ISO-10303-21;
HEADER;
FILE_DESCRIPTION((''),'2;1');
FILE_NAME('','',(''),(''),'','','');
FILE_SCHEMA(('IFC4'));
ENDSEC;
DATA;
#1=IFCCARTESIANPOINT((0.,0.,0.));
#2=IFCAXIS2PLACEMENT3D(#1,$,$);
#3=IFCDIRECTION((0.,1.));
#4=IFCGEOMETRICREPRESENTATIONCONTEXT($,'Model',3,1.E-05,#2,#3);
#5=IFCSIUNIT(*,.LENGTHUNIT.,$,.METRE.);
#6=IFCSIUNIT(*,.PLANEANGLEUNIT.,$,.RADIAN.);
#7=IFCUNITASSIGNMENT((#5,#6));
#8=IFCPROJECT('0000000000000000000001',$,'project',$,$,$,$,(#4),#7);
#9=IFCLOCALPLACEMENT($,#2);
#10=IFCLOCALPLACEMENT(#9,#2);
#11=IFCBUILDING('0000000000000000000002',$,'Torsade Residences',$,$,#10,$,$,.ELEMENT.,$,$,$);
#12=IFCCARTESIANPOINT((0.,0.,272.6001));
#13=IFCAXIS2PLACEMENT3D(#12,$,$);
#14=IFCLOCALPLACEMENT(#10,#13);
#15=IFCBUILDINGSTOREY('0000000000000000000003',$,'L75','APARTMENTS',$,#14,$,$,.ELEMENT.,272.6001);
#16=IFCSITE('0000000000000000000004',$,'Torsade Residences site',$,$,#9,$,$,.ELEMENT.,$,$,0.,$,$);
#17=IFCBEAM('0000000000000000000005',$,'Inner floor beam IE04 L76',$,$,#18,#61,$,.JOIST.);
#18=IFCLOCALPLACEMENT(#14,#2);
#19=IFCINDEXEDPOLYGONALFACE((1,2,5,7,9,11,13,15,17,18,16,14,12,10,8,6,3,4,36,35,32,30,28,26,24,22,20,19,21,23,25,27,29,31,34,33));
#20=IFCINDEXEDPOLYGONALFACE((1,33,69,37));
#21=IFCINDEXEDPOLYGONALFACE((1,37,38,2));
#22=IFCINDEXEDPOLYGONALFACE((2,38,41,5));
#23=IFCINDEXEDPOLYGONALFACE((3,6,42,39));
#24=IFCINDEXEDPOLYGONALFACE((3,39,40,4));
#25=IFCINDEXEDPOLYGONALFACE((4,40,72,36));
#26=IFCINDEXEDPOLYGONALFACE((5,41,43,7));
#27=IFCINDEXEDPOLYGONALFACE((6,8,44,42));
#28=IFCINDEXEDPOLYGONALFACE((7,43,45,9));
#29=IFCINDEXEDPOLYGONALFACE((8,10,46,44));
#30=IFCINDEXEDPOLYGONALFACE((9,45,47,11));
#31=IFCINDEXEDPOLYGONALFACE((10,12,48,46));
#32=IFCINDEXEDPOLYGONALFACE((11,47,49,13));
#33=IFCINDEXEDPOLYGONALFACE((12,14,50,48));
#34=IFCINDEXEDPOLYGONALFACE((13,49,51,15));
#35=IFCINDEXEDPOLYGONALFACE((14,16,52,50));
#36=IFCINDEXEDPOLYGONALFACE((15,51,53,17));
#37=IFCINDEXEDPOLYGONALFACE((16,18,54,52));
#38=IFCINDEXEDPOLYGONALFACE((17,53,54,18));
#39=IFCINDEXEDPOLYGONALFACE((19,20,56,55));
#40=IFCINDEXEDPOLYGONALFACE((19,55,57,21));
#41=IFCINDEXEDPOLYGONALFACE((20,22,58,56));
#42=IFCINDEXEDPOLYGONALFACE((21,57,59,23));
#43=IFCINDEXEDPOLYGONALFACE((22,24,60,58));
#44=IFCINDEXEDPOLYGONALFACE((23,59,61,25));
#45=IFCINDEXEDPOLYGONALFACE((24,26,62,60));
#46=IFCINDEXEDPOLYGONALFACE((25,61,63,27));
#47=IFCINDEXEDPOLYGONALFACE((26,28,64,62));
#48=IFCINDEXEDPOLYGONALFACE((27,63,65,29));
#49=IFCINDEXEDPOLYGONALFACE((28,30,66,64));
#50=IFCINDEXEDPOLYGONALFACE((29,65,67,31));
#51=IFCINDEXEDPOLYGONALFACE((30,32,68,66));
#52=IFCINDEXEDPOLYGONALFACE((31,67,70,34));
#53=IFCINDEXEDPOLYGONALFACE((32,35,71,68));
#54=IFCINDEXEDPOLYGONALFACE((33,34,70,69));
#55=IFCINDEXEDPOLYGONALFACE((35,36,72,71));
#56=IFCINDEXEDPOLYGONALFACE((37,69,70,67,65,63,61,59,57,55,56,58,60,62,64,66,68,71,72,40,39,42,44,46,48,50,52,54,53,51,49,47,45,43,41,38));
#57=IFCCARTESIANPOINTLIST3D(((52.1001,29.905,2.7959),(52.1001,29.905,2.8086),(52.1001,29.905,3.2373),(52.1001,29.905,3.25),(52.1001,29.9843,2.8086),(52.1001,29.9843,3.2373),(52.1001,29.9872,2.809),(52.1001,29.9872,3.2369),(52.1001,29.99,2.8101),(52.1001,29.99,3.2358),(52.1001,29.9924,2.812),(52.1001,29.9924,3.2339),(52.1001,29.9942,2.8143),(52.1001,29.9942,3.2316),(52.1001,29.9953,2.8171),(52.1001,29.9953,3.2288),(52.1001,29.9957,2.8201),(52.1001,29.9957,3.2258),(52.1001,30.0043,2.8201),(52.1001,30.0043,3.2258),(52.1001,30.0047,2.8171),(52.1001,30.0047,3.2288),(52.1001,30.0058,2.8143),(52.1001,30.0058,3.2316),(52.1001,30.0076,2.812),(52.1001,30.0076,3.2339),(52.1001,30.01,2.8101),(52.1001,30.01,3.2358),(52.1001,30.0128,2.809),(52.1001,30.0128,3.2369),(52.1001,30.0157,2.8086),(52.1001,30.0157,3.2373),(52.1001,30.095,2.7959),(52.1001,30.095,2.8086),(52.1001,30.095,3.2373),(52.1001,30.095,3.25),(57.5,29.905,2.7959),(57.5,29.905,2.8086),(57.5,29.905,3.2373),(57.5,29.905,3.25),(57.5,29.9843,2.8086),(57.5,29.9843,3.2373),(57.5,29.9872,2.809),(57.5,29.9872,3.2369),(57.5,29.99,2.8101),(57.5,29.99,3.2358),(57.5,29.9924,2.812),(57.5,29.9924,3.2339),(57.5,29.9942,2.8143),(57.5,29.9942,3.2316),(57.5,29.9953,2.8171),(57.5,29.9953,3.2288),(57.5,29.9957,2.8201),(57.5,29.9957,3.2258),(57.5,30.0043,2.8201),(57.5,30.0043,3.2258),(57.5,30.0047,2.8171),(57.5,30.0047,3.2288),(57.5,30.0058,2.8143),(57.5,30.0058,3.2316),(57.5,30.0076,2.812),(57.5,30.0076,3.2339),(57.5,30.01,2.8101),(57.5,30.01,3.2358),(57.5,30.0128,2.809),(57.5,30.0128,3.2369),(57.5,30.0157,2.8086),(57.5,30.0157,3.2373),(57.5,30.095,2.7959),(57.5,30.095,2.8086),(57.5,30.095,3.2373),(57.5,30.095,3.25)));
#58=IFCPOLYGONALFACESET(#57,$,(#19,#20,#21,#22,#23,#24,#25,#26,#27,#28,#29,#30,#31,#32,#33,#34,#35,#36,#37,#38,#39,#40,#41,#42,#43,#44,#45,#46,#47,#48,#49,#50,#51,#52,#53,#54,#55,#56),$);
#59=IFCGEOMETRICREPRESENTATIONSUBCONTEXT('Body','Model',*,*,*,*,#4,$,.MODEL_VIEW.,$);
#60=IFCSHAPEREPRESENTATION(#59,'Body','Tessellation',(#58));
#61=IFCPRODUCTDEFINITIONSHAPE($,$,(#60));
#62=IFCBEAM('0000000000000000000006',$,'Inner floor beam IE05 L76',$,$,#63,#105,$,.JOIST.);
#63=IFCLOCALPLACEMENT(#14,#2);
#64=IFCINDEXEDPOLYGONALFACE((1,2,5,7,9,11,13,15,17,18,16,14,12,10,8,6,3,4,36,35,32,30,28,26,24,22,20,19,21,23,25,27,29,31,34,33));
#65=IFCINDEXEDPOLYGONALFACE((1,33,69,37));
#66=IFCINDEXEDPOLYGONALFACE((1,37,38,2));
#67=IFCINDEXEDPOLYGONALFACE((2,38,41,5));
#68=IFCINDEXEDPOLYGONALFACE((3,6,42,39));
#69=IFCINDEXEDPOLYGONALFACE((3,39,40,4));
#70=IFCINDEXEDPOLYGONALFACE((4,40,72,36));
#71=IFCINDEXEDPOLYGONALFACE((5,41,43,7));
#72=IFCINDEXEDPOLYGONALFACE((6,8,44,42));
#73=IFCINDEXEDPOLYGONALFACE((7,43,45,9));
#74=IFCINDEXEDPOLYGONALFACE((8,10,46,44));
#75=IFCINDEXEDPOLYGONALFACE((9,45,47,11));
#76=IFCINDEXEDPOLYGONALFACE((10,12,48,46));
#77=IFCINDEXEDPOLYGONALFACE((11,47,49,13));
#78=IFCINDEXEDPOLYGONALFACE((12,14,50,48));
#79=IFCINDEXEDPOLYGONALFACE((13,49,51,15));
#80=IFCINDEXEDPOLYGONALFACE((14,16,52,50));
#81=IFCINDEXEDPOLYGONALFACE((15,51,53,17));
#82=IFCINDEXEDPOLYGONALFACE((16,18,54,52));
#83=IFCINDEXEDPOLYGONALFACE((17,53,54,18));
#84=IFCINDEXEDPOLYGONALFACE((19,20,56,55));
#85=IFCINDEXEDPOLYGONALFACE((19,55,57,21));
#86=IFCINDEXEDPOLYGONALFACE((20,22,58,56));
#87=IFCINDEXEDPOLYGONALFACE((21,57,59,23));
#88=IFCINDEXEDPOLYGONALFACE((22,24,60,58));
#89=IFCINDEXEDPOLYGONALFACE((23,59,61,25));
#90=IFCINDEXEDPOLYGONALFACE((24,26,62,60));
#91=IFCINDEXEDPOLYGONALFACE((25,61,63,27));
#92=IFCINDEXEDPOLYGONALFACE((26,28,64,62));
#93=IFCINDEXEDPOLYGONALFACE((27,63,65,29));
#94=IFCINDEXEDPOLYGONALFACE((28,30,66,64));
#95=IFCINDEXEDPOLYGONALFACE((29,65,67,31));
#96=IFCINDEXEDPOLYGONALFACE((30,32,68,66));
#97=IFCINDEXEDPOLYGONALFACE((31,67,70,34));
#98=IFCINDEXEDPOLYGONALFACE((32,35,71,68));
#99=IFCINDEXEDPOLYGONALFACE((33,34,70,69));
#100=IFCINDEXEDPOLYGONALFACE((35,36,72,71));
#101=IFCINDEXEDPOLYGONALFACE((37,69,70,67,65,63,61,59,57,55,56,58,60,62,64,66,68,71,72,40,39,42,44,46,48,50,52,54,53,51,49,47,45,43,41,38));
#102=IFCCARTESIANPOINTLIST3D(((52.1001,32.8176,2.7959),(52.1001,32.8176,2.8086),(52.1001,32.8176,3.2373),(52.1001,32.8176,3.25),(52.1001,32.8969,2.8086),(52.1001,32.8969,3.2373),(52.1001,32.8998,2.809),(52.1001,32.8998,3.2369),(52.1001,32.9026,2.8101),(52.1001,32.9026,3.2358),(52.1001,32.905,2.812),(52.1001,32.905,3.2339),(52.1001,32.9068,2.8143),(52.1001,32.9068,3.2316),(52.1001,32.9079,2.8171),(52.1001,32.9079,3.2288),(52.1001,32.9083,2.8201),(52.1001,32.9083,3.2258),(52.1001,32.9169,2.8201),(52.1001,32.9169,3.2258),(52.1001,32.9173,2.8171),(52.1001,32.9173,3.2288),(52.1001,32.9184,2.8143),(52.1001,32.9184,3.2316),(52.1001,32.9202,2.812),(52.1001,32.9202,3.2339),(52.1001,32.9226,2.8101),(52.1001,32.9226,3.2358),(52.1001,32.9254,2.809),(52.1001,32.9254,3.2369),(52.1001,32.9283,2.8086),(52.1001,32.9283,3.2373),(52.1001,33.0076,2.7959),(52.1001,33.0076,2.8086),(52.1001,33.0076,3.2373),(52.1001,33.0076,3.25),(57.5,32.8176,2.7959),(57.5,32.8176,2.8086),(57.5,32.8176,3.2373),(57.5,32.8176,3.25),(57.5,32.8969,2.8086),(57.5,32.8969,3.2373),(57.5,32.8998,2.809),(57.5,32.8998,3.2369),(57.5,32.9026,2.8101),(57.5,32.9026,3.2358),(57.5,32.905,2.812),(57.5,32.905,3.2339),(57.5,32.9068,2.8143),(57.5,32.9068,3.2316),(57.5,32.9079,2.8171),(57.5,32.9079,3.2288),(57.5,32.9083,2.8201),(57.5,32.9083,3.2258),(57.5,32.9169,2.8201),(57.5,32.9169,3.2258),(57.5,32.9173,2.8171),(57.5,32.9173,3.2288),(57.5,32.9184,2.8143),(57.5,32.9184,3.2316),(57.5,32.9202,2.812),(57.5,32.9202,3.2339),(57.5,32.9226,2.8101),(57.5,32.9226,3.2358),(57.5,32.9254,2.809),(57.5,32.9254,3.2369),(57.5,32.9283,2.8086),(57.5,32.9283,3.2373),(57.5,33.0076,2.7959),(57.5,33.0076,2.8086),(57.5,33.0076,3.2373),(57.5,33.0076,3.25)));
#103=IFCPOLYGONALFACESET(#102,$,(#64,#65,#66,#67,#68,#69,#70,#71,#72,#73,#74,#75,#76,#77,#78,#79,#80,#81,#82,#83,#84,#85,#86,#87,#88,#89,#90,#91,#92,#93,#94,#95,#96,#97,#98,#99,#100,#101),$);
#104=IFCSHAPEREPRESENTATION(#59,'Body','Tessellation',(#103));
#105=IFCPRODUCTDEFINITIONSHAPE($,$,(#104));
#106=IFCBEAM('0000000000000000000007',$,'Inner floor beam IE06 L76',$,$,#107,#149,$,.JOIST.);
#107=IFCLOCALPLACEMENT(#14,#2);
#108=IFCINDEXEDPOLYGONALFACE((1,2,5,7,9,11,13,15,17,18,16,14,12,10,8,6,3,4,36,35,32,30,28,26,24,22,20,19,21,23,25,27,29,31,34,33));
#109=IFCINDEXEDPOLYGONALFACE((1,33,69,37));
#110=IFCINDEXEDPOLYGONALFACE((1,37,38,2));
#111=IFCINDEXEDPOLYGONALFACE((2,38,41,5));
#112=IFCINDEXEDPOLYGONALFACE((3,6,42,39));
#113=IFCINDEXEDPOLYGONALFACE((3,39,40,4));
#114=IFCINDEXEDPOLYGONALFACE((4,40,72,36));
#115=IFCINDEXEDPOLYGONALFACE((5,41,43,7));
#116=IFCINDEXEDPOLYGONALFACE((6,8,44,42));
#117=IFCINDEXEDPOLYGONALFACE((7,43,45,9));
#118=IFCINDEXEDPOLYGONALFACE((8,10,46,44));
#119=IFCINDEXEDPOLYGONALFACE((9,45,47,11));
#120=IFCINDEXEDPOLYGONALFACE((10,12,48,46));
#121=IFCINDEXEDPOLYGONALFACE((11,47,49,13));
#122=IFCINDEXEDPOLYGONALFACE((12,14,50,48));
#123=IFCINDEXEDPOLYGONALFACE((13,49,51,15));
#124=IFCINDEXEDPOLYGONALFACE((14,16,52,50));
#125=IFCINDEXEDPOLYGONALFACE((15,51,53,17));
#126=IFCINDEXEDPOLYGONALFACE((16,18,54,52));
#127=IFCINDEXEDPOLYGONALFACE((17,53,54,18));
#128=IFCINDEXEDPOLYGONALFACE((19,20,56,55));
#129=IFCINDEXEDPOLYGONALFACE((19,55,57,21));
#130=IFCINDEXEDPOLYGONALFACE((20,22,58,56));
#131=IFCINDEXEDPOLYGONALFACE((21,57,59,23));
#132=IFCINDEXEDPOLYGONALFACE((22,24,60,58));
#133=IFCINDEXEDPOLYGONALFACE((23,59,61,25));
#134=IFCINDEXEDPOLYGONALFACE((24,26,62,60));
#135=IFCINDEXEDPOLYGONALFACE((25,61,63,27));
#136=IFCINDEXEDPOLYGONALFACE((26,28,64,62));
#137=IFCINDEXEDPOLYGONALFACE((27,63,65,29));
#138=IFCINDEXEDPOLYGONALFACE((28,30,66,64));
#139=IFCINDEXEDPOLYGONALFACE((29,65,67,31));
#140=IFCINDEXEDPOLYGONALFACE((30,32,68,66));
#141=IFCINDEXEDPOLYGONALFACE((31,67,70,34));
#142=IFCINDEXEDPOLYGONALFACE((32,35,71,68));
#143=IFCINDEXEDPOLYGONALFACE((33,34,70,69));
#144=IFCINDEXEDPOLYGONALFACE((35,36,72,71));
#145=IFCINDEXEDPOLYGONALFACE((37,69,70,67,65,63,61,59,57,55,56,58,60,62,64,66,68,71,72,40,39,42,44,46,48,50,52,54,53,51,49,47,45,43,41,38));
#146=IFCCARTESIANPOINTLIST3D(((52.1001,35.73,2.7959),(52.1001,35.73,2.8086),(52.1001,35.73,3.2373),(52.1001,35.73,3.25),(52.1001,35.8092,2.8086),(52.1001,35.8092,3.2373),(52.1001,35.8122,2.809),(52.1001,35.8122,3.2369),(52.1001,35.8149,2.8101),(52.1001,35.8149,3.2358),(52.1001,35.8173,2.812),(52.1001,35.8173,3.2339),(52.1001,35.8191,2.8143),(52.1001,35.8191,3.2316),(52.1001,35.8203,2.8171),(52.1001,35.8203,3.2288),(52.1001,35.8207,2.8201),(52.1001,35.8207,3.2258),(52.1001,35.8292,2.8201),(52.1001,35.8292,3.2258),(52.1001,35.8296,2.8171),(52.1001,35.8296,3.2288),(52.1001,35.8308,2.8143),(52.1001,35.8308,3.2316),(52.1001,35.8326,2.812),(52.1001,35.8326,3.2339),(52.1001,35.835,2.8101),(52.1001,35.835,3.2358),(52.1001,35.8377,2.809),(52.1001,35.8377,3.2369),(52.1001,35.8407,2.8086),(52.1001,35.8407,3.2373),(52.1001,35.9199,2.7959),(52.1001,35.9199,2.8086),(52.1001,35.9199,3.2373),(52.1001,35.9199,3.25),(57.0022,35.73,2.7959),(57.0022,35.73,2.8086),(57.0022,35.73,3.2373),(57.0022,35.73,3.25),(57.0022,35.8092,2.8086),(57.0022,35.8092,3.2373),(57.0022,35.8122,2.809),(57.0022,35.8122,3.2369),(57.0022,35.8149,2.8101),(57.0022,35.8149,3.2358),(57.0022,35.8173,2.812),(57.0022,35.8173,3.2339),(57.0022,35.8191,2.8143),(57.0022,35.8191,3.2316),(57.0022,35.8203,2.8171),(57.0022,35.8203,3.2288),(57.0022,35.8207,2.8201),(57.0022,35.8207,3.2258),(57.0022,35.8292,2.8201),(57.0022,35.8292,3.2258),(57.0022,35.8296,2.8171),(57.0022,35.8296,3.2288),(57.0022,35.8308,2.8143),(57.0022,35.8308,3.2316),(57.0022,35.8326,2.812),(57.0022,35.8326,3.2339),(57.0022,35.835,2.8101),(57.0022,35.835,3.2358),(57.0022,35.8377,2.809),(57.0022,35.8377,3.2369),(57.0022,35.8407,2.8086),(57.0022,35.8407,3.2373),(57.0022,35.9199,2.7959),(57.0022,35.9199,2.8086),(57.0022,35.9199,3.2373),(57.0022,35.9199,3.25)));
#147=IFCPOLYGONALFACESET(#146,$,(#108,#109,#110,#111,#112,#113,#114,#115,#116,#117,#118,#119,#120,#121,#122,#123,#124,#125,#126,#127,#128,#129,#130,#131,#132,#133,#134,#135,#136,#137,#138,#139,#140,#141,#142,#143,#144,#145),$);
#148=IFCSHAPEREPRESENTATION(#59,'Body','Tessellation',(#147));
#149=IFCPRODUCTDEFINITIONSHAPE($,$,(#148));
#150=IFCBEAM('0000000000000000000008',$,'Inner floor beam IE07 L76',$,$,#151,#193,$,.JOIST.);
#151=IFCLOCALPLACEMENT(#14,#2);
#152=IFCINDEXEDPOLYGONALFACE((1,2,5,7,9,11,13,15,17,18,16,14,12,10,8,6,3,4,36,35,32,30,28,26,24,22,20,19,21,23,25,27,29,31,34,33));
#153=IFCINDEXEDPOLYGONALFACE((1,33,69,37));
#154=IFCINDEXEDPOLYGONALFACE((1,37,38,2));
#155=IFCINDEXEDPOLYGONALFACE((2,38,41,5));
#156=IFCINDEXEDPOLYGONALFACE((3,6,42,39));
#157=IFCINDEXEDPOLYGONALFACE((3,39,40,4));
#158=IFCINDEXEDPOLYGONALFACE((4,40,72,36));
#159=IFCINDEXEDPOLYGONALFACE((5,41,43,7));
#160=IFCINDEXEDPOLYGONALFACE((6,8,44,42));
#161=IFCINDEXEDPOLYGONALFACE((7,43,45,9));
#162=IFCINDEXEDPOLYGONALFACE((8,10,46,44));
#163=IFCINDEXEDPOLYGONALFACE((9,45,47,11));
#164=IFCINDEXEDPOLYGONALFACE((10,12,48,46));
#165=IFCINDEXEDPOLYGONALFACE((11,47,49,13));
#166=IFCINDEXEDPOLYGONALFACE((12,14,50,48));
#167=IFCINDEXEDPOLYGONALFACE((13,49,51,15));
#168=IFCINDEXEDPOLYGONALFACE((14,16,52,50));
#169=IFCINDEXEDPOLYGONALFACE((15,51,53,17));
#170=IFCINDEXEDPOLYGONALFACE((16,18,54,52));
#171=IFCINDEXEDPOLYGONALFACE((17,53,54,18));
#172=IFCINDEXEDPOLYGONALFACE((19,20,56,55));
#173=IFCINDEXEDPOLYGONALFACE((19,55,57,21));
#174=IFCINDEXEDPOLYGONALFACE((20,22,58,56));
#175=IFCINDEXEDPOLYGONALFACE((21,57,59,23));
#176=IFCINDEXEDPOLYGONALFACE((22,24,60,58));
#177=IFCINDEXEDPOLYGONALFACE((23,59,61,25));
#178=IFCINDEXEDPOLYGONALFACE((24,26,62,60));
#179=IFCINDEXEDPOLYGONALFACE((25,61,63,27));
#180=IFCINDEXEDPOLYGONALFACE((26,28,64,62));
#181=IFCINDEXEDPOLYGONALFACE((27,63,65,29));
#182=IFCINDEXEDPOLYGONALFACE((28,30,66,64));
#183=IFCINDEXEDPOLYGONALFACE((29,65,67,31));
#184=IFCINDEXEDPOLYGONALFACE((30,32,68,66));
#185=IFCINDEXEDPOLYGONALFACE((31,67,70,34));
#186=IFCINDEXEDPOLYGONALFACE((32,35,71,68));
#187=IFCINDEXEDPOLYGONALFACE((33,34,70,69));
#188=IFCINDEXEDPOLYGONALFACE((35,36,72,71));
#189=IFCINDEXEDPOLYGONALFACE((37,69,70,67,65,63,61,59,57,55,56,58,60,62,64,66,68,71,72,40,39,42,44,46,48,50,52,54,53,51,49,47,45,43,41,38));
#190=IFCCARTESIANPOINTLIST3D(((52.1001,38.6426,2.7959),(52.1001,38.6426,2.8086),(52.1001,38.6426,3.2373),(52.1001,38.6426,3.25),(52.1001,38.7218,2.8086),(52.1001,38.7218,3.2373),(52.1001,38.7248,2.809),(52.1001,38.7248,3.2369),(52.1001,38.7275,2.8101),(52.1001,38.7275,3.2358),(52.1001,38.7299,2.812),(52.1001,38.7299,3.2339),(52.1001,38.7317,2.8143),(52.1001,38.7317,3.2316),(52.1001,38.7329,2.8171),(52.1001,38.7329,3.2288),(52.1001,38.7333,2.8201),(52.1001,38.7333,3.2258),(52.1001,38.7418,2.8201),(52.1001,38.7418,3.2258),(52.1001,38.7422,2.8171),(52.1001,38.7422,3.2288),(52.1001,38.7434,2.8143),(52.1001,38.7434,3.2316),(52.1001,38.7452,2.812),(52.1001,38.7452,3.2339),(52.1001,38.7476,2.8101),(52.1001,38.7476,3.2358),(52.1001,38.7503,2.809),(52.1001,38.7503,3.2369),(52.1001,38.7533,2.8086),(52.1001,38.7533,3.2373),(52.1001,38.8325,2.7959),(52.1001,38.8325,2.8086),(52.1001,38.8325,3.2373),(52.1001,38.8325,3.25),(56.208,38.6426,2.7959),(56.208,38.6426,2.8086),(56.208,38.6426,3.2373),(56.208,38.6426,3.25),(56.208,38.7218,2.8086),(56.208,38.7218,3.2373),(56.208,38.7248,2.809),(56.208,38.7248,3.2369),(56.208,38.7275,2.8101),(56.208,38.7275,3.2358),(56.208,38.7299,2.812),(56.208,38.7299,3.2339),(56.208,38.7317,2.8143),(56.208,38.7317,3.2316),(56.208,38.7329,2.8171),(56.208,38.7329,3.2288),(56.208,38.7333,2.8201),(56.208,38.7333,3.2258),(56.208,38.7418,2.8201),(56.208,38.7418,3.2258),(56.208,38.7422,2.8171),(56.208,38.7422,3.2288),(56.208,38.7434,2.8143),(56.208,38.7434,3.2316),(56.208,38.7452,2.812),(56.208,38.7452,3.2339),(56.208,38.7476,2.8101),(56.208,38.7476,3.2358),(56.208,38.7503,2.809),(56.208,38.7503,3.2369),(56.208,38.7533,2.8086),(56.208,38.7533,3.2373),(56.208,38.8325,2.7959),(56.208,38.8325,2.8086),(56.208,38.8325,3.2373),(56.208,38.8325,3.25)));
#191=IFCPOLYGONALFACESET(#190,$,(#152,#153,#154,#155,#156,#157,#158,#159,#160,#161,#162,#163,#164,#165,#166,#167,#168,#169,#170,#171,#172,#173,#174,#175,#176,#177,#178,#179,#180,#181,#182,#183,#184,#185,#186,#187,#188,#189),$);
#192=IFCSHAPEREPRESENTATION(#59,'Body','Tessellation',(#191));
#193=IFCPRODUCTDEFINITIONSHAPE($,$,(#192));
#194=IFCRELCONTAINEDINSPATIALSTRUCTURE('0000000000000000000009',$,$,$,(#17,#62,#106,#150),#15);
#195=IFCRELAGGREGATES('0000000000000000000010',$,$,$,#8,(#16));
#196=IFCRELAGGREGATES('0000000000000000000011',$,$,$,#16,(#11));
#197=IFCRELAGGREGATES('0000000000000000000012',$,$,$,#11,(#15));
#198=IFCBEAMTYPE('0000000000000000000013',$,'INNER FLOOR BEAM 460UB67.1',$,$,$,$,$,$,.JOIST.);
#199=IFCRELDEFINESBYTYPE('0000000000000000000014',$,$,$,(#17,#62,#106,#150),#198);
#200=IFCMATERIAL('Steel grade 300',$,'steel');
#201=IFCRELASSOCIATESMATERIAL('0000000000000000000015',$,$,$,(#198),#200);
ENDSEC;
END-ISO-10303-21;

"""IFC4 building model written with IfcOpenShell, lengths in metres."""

from ifc_helpers import new_model, si_unit, direction, frame, origin, origin_2d, place, context, subcontext, project, spatial, i_section, extrude, material, material_profile, profile_set, type_object, element, save


model = new_model("IFC4")

# Units and contexts
model_context = context("Model", 3, precision=1e-05, world=origin(), true_north=direction((0.0, 1.0)))
body_context = subcontext(model_context, "Body", "Model", "MODEL_VIEW")
ifc_project = project(units=[si_unit("LENGTHUNIT", "METRE"), si_unit("PLANEANGLEUNIT", "RADIAN")], contexts=[model_context])

# Site, building, storey
site_placement = place(None, origin())
site = spatial("IfcSite", under=ifc_project, at=site_placement, Name="Torsade Residences site", CompositionType="ELEMENT", RefElevation=0.0)
building_placement = place(site_placement, origin())
building = spatial("IfcBuilding", under=site, at=building_placement, Name="Torsade Residences", CompositionType="ELEMENT")
storey_placement = place(building_placement, frame((0.0, 0.0, 272.6001)))
storey = spatial("IfcBuildingStorey", under=building, at=storey_placement, Name="L75", Description="APARTMENTS", CompositionType="ELEMENT", Elevation=272.6001)

# Beams
ifc_material_1 = material(Name="Steel grade 300", Category="steel")
ifc_material_profile_1 = material_profile(ifc_material_1, i_section(OverallWidth=0.1899, OverallDepth=0.4541, WebThickness=0.0085, FlangeThickness=0.0127, FilletRadius=0.0115, at=origin_2d()), Name="460UB67.1")
ifc_profile_set_1 = profile_set([ifc_material_profile_1], Name="Steel grade 300")
beam_type_1 = type_object("IfcBeamType", Name="INNER FLOOR BEAM 460UB67.1", PredefinedType="JOIST", material=ifc_profile_set_1)
for number, where, z_axis, x_axis, name in (
    (1, (52.1001, 30.0, 3.0229), (1.0, 0.0, 0.0), (0.0, 1.0, 0.0), "Inner floor beam IE04 L76"),
    (2, (52.1001, 32.9126, 3.0229), (1.0, 0.0, 0.0), (0.0, 1.0, 0.0), "Inner floor beam IE05 L76"),
):
    element("IfcBeam", number, at=place(storey_placement, frame(where, z_axis=z_axis, x_axis=x_axis)), inside=storey, type_object=beam_type_1, Name=name, PredefinedType="JOIST", context=body_context, shape_type="SweptSolid", body=[
        extrude(i_section(OverallWidth=0.1899, OverallDepth=0.4541, WebThickness=0.0085, FlangeThickness=0.0127, FilletRadius=0.0115, at=origin_2d()), origin(), (0.0, 0.0, 1.0), 5.3999),
    ])
beam_1_placement = place(storey_placement, frame((52.1001, 35.825, 3.0229), z_axis=(1.0, 0.0, 0.0), x_axis=(0.0, 1.0, 0.0)))
element("IfcBeam", 3, at=beam_1_placement, inside=storey, type_object=beam_type_1, Name="Inner floor beam IE06 L76", PredefinedType="JOIST", context=body_context, shape_type="SweptSolid", body=[
    extrude(i_section(OverallWidth=0.1899, OverallDepth=0.4541, WebThickness=0.0085, FlangeThickness=0.0127, FilletRadius=0.0115, at=origin_2d()), origin(), (0.0, 0.0, 1.0), 4.9021),
])
beam_2_placement = place(storey_placement, frame((52.1001, 38.7375, 3.0229), z_axis=(1.0, 0.0, 0.0), x_axis=(0.0, 1.0, 0.0)))
element("IfcBeam", 4, at=beam_2_placement, inside=storey, type_object=beam_type_1, Name="Inner floor beam IE07 L76", PredefinedType="JOIST", context=body_context, shape_type="SweptSolid", body=[
    extrude(i_section(OverallWidth=0.1899, OverallDepth=0.4541, WebThickness=0.0085, FlangeThickness=0.0127, FilletRadius=0.0115, at=origin_2d()), origin(), (0.0, 0.0, 1.0), 4.1079),
])

save(model, "model.ifc")
